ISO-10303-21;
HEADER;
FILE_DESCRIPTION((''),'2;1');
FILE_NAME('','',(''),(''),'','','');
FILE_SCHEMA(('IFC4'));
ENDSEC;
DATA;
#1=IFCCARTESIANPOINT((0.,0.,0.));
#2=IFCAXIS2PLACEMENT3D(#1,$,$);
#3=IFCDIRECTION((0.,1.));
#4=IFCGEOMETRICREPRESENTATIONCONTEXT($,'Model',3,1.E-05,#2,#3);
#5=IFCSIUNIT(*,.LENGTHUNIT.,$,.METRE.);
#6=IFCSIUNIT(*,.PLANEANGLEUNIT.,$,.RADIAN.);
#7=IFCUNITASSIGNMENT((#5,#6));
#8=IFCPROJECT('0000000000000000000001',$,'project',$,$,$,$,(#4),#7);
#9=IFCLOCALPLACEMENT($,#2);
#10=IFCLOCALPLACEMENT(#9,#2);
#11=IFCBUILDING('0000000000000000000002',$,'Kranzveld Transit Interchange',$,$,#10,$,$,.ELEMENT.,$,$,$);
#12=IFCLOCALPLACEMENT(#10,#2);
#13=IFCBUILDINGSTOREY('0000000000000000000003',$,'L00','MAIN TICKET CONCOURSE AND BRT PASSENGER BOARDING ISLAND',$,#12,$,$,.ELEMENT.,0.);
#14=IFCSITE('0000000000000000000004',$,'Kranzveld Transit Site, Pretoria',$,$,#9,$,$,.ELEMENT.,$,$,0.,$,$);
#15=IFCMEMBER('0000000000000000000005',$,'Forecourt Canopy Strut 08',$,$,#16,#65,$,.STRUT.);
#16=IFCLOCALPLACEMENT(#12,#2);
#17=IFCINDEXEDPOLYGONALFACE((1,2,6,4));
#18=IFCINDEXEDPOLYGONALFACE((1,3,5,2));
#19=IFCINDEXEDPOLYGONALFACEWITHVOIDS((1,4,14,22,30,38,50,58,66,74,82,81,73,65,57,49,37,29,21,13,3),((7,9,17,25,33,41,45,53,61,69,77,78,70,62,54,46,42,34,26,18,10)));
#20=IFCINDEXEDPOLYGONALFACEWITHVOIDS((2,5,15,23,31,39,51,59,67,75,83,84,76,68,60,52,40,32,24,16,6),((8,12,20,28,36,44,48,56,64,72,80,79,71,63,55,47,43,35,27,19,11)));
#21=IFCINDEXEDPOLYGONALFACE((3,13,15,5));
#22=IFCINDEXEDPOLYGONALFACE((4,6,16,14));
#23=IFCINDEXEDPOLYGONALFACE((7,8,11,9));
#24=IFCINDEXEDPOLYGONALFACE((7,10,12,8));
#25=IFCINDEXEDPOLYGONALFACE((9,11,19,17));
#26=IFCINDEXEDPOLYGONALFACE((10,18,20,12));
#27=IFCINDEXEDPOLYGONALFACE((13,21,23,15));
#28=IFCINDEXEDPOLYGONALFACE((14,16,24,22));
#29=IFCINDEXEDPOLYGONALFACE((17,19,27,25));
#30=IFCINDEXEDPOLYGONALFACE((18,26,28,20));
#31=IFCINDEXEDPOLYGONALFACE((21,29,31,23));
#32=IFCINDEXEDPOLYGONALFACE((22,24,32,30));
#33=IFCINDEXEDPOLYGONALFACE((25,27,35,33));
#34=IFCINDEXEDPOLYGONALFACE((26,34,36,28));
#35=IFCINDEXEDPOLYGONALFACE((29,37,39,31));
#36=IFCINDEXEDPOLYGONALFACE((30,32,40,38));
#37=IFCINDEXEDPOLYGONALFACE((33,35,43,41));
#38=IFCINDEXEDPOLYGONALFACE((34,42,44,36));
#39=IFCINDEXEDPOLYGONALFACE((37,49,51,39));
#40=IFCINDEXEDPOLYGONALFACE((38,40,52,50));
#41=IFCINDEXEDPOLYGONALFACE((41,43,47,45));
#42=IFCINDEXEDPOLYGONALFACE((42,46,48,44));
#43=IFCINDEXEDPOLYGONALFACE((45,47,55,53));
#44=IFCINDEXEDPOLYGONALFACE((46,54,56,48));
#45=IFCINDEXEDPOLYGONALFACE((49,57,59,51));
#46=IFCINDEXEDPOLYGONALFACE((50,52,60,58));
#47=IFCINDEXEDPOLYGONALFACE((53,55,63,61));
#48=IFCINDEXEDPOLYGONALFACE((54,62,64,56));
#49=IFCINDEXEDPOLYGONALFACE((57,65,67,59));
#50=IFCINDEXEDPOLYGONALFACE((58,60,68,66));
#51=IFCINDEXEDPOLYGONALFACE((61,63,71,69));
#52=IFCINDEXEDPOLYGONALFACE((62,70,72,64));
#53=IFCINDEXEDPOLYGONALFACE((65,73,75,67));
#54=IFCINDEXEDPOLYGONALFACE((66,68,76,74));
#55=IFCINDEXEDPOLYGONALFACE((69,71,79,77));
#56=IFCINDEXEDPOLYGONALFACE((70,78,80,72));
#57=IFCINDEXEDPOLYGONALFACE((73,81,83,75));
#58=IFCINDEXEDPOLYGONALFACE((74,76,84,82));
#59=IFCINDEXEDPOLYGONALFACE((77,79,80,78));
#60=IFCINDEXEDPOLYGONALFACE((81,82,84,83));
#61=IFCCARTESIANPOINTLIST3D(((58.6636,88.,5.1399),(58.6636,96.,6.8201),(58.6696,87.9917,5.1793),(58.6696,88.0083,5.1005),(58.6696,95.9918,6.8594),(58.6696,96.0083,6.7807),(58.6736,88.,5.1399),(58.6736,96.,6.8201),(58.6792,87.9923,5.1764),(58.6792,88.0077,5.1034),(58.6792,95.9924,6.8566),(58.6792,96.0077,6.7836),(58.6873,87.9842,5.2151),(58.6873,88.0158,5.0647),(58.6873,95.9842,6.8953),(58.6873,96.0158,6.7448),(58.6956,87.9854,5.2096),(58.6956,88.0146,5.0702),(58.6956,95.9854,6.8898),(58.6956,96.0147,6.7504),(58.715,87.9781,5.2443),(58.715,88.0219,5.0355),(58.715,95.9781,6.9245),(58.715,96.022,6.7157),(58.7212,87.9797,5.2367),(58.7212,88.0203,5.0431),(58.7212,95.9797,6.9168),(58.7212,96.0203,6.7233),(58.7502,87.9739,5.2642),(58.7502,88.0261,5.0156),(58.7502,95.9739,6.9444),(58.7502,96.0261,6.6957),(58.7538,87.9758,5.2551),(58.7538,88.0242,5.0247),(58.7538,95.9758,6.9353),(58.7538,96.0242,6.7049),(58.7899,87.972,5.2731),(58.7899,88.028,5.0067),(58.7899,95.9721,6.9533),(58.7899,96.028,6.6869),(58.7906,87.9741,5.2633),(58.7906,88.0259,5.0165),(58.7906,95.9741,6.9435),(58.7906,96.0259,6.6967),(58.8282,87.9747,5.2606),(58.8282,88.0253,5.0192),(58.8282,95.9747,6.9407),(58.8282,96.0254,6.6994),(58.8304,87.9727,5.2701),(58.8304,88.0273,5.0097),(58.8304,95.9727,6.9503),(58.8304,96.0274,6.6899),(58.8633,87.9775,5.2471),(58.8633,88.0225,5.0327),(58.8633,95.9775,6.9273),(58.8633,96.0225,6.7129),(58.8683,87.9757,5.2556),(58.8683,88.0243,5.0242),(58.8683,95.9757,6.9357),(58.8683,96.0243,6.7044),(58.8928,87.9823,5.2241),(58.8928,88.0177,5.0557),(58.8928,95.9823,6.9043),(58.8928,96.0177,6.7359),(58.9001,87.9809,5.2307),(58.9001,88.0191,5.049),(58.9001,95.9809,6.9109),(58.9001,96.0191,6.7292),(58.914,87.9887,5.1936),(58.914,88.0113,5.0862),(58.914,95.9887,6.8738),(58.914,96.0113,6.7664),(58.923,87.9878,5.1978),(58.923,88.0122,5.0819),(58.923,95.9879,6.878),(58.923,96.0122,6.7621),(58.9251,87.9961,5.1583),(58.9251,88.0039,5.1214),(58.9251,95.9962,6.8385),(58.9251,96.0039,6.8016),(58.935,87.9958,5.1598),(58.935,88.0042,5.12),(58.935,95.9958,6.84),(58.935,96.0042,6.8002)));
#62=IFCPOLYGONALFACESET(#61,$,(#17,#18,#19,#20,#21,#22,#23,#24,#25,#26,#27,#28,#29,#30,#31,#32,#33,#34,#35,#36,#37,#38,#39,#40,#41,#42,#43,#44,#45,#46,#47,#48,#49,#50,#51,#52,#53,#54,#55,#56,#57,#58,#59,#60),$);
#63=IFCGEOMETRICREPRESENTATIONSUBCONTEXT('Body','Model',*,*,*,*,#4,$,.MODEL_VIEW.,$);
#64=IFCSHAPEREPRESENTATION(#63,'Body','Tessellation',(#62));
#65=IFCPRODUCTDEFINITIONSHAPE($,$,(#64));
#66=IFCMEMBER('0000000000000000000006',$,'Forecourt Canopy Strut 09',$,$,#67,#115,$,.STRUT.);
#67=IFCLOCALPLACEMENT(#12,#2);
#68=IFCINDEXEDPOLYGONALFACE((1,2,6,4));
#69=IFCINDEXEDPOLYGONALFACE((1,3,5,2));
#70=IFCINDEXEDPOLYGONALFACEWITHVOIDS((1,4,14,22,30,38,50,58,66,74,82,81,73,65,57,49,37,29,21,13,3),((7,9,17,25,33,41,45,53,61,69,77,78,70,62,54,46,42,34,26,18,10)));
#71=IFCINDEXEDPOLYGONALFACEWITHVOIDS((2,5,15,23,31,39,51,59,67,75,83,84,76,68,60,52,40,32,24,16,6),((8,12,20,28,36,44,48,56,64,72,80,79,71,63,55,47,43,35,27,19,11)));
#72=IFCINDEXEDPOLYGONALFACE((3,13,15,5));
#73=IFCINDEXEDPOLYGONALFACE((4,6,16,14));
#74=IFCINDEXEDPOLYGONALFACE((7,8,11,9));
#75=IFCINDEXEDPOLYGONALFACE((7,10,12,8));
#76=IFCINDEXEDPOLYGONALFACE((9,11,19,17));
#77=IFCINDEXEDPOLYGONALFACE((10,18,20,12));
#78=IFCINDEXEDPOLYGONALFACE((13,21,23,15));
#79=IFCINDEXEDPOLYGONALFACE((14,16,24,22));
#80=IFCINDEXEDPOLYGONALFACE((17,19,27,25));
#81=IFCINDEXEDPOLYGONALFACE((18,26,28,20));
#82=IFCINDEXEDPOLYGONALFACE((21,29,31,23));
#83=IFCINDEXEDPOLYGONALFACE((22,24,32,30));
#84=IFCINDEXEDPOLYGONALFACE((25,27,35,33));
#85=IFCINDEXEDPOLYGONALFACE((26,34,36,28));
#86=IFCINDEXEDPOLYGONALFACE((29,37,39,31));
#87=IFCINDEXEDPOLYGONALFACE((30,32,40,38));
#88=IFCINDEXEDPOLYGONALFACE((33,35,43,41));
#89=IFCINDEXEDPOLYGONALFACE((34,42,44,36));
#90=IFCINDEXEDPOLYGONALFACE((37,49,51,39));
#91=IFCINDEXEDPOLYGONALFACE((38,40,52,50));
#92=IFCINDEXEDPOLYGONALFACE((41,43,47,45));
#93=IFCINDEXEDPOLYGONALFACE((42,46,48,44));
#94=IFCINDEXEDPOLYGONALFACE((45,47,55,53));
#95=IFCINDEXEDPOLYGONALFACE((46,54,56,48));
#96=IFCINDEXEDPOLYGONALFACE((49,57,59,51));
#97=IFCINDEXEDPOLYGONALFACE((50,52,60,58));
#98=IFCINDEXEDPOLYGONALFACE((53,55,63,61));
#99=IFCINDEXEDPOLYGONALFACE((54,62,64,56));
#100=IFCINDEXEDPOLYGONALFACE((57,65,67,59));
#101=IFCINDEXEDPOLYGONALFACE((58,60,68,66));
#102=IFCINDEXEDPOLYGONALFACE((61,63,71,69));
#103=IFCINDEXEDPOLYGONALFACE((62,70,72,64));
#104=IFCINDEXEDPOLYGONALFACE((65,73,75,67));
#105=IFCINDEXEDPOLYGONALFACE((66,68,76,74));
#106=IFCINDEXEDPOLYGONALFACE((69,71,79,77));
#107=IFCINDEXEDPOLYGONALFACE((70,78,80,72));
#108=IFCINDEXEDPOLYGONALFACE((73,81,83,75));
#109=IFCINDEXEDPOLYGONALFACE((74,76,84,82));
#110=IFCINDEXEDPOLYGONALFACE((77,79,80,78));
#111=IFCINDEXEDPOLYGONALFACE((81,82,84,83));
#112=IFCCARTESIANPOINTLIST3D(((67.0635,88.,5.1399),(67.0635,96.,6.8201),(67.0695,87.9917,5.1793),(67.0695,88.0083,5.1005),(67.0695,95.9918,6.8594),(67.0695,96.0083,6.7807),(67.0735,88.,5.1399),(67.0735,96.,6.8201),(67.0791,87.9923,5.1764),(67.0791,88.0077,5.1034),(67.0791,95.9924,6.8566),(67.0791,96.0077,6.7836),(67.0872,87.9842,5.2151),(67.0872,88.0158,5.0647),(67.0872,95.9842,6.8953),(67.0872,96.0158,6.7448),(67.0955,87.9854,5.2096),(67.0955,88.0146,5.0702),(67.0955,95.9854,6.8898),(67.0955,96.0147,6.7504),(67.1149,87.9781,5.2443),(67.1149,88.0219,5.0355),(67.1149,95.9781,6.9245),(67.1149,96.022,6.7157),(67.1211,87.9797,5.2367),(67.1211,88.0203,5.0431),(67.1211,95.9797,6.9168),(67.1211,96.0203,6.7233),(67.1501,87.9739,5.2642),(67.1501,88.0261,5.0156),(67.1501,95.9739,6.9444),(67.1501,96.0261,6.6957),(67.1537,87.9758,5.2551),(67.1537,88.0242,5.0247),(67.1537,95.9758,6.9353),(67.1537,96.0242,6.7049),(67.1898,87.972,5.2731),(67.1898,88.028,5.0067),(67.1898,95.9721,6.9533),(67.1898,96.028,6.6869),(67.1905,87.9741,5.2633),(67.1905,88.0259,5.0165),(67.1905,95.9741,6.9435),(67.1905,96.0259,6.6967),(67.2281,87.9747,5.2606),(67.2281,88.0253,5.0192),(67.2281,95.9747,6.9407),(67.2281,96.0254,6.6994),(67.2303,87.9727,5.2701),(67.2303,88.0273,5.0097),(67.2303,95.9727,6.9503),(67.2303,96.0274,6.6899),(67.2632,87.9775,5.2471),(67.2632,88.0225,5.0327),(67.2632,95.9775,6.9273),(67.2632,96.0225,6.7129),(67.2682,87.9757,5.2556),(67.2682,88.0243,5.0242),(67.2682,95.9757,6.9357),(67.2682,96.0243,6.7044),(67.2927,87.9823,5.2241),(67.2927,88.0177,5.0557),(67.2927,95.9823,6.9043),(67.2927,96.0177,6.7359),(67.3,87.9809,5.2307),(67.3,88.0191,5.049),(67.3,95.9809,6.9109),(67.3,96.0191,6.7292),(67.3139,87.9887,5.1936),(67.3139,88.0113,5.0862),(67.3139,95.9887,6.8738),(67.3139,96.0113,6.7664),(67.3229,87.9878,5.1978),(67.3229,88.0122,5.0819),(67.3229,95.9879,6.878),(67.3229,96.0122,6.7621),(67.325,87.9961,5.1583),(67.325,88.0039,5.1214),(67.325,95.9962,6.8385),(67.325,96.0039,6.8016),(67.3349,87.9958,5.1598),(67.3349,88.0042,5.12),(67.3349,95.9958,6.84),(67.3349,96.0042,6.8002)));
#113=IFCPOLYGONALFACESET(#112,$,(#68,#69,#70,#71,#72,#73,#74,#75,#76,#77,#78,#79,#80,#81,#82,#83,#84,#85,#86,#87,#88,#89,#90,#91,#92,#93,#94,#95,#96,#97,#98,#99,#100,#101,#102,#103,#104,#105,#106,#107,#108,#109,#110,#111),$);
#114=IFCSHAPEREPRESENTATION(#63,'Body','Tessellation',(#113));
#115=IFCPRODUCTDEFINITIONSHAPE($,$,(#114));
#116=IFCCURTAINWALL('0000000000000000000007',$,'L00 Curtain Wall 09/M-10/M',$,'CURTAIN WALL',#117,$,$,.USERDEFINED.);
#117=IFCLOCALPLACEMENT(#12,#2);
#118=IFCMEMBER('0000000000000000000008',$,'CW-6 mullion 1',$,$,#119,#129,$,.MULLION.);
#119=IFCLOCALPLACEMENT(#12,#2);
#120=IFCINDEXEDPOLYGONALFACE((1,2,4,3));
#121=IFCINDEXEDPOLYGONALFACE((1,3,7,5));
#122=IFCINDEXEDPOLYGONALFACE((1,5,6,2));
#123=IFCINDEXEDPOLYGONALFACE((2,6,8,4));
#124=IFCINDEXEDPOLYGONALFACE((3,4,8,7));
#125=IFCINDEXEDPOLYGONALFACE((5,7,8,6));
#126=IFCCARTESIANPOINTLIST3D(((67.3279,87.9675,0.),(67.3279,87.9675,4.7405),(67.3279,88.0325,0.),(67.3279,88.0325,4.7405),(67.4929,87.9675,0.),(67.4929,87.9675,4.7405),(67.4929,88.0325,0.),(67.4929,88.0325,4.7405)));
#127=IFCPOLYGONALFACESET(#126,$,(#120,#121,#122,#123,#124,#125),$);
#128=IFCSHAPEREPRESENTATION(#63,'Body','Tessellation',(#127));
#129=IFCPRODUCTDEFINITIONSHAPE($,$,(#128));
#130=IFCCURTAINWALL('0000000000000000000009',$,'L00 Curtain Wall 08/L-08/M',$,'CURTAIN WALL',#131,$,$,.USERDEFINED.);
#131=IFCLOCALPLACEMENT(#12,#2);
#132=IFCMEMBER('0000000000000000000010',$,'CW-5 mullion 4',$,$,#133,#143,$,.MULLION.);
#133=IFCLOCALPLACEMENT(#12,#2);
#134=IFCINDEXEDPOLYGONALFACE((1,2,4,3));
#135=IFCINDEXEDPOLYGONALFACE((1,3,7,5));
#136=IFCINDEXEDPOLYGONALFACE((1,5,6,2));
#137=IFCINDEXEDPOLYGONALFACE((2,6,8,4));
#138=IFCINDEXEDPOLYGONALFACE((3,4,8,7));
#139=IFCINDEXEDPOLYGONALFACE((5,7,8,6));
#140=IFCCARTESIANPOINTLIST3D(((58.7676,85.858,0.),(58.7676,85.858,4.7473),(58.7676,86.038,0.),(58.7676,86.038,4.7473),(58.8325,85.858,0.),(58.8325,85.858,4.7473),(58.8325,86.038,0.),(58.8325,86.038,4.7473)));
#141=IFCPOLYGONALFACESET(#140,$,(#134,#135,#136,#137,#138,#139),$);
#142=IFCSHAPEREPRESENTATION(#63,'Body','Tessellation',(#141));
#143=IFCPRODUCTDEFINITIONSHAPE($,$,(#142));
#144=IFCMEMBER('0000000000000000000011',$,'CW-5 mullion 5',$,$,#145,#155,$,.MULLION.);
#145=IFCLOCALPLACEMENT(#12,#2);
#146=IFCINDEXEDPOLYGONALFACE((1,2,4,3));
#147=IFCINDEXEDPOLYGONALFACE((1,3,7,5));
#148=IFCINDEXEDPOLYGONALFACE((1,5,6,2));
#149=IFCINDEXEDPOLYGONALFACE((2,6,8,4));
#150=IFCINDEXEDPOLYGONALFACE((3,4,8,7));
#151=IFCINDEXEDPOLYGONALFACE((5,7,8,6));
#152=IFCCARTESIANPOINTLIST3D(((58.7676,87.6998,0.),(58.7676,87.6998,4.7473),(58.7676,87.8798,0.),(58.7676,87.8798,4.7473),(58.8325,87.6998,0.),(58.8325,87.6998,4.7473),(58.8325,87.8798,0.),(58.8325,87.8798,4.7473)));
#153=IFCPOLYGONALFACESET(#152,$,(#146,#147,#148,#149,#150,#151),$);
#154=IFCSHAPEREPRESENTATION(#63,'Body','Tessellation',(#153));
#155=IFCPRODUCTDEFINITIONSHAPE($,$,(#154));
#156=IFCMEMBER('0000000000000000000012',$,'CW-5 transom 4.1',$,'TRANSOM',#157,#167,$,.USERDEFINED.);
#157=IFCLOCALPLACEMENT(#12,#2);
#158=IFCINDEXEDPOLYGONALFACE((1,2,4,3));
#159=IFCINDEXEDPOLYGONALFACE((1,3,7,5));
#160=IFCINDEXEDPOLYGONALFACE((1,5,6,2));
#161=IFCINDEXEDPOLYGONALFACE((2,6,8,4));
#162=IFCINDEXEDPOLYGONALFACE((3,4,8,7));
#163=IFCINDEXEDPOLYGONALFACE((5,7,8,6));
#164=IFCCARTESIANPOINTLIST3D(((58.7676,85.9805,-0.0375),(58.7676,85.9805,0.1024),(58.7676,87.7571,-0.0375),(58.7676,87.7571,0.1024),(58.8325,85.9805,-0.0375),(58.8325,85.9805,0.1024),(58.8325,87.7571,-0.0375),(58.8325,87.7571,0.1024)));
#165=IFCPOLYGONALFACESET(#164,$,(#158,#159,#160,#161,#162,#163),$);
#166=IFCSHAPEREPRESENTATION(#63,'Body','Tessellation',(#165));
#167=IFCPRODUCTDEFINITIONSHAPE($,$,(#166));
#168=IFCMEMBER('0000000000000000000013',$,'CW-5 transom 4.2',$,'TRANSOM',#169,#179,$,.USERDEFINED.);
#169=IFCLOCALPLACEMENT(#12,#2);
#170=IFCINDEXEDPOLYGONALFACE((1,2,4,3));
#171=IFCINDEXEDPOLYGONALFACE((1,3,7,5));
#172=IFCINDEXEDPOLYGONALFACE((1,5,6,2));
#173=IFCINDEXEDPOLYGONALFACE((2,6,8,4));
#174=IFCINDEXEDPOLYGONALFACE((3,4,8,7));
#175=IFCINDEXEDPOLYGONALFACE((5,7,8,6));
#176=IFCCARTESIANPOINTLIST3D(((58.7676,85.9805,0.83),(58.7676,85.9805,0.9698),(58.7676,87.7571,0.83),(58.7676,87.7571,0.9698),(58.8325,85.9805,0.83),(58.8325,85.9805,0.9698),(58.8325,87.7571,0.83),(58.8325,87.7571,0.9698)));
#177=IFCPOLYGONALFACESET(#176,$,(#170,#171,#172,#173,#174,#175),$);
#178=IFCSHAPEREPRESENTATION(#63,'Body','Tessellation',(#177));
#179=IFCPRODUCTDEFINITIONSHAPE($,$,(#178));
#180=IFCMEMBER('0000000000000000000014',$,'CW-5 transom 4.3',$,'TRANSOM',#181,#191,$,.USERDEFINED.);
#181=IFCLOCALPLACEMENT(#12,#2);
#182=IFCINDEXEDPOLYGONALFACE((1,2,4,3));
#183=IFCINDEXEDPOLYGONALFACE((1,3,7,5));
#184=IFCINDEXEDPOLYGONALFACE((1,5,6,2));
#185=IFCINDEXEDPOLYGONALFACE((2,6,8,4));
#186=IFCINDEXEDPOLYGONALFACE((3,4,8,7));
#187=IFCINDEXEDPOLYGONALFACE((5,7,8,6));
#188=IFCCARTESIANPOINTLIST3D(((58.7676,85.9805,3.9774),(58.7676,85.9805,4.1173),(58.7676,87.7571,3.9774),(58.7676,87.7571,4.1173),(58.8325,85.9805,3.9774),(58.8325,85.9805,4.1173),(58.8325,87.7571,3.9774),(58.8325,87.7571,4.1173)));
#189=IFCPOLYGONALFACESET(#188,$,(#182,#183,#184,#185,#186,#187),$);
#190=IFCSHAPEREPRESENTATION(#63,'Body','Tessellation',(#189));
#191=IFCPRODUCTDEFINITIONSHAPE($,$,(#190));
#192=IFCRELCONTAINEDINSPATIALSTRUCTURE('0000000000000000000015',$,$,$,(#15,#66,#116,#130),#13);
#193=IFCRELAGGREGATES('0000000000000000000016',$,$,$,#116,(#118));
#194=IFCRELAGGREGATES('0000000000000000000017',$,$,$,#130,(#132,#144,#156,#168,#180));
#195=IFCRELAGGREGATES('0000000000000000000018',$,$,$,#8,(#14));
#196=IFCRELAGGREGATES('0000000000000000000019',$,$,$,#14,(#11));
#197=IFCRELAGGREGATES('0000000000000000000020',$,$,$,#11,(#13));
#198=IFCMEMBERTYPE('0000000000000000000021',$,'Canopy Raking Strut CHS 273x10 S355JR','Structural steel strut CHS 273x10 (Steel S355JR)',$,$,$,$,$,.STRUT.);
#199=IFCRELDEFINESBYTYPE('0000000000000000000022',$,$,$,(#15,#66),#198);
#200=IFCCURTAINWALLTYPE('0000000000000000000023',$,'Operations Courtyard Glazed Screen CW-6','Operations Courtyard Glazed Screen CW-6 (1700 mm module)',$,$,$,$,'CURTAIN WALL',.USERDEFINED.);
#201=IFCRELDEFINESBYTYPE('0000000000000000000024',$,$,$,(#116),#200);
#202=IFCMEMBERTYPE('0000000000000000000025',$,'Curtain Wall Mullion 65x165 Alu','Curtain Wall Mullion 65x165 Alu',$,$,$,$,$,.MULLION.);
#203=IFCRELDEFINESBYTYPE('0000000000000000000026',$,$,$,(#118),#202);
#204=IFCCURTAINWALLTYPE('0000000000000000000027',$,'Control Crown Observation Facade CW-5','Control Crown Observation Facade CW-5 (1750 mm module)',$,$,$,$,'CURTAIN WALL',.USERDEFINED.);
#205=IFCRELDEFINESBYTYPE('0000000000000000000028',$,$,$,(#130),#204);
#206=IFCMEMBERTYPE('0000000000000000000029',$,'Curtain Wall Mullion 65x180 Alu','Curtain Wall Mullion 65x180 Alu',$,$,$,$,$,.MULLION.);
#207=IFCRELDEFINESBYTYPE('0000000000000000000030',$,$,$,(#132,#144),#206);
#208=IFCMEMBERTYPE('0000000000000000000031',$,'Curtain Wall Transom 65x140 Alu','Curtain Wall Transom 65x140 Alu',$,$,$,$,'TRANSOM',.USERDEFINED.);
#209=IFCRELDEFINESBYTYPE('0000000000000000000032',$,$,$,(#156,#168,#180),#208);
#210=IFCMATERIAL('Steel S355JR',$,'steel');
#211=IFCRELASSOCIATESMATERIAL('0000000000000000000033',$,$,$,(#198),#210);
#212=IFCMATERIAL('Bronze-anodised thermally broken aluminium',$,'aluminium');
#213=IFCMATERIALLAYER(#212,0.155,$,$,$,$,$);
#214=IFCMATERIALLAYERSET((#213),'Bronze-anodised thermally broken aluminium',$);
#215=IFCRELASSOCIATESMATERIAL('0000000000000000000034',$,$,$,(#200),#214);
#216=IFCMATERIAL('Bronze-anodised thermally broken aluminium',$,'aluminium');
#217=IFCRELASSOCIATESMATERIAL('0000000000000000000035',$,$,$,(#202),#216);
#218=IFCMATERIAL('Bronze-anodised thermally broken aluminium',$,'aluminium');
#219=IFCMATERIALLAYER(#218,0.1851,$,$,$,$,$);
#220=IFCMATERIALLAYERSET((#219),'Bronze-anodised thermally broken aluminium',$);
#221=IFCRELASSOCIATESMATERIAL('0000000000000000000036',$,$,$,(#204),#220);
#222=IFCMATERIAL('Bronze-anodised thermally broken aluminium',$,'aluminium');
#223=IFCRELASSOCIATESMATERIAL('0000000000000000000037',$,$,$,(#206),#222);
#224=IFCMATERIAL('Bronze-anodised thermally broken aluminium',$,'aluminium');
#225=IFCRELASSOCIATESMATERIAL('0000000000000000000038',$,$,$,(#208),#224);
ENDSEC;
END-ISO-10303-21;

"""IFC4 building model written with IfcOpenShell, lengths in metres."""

from ifc_helpers import new_model, si_unit, direction, frame, origin, origin_2d, place, context, subcontext, project, spatial, rectangle, hollow_circle, extrude, material, layer, layer_set, material_profile, profile_set, type_object, element, aggregate, save


model = new_model("IFC4")

# Units and contexts
model_context = context("Model", 3, precision=1e-05, world=origin(), true_north=direction((0.0, 1.0)))
body_context = subcontext(model_context, "Body", "Model", "MODEL_VIEW")
ifc_project = project(units=[si_unit("LENGTHUNIT", "METRE"), si_unit("PLANEANGLEUNIT", "RADIAN")], contexts=[model_context])

# Site, building, storey
site_placement = place(None, origin())
site = spatial("IfcSite", under=ifc_project, at=site_placement, Name="Kranzveld Transit Site, Pretoria", CompositionType="ELEMENT", RefElevation=0.0)
building_placement = place(site_placement, origin())
building = spatial("IfcBuilding", under=site, at=building_placement, Name="Kranzveld Transit Interchange", CompositionType="ELEMENT")
storey_placement = place(building_placement, origin())
storey = spatial("IfcBuildingStorey", under=building, at=storey_placement, Name="L00", Description="MAIN TICKET CONCOURSE AND BRT PASSENGER BOARDING ISLAND", CompositionType="ELEMENT", Elevation=0.0)

# Members
ifc_material_1 = material(Name="Steel S355JR", Category="steel")
ifc_material_profile_1 = material_profile(ifc_material_1, hollow_circle(Radius=0.1365, WallThickness=0.01, at=origin_2d()), Name="CHS 273x10")
ifc_profile_set_1 = profile_set([ifc_material_profile_1], Name="Steel S355JR")
member_type_1 = type_object("IfcMemberType", Name="Canopy Raking Strut CHS 273x10 S355JR", Description="Structural steel strut CHS 273x10 (Steel S355JR)", PredefinedType="STRUT", material=ifc_profile_set_1)
for number, where, z_axis, x_axis, name in (
    (1, (58.8, 88.0, 5.1399), (0.0, 0.978649, 0.205538), (-1.0, 0.0, 0.0), "Forecourt Canopy Strut 08"),
    (2, (67.2, 88.0, 5.1399), (0.0, 0.978649, 0.205538), (-1.0, 0.0, 0.0), "Forecourt Canopy Strut 09"),
):
    element("IfcMember", number, at=place(storey_placement, frame(where, z_axis=z_axis, x_axis=x_axis)), inside=storey, type_object=member_type_1, Name=name, PredefinedType="STRUT", context=body_context, shape_type="SweptSolid", body=[
        extrude(hollow_circle(Radius=0.1365, WallThickness=0.01, at=origin_2d()), origin(), (0.0, 0.0, 1.0), 8.1746),
    ])

# Curtain wall, member
ifc_material_2 = material(Name="Bronze-anodised thermally broken aluminium", Category="aluminium")
ifc_layer_1 = layer(ifc_material_2, 0.155)
ifc_layer_set_1 = layer_set([ifc_layer_1], Name="Bronze-anodised thermally broken aluminium")
curtain_wall_type_1 = type_object("IfcCurtainWallType", Name="Operations Courtyard Glazed Screen CW-6", Description="Operations Courtyard Glazed Screen CW-6 (1700 mm module)", ElementType="CURTAIN WALL", PredefinedType="USERDEFINED", material=ifc_layer_set_1)
curtain_wall_1_placement = place(storey_placement, origin())
curtain_wall_1 = element("IfcCurtainWall", 3, at=curtain_wall_1_placement, inside=storey, type_object=curtain_wall_type_1, Name="L00 Curtain Wall 09/M-10/M", ObjectType="CURTAIN WALL", PredefinedType="USERDEFINED")
ifc_material_3 = material(Name="Bronze-anodised thermally broken aluminium", Category="aluminium")
ifc_material_profile_2 = material_profile(ifc_material_3, rectangle(XDim=0.0649, YDim=0.165, at=origin_2d()), Name="ALU MULLION 65x165")
ifc_profile_set_2 = profile_set([ifc_material_profile_2], Name="Bronze-anodised thermally broken aluminium")
member_type_2 = type_object("IfcMemberType", Name="Curtain Wall Mullion 65x165 Alu", Description="Curtain Wall Mullion 65x165 Alu", PredefinedType="MULLION", material=ifc_profile_set_2)
member_1_placement = place(storey_placement, frame((67.4104, 88.0, 0.0), z_axis=(0.0, 0.0, 1.0), x_axis=(0.0, 1.0, 0.0)))
member_1 = element("IfcMember", 4, at=member_1_placement, type_object=member_type_2, Name="CW-6 mullion 1", PredefinedType="MULLION", context=body_context, shape_type="SweptSolid", body=[
    extrude(rectangle(XDim=0.0649, YDim=0.165, at=origin_2d()), origin(), (0.0, 0.0, 1.0), 4.7405),
])
aggregate(curtain_wall_1, [member_1])

# Curtain wall, members
ifc_material_4 = material(Name="Bronze-anodised thermally broken aluminium", Category="aluminium")
ifc_layer_2 = layer(ifc_material_4, 0.1851)
ifc_layer_set_2 = layer_set([ifc_layer_2], Name="Bronze-anodised thermally broken aluminium")
curtain_wall_type_2 = type_object("IfcCurtainWallType", Name="Control Crown Observation Facade CW-5", Description="Control Crown Observation Facade CW-5 (1750 mm module)", ElementType="CURTAIN WALL", PredefinedType="USERDEFINED", material=ifc_layer_set_2)
curtain_wall_2_placement = place(storey_placement, origin())
curtain_wall_2 = element("IfcCurtainWall", 5, at=curtain_wall_2_placement, inside=storey, type_object=curtain_wall_type_2, Name="L00 Curtain Wall 08/L-08/M", ObjectType="CURTAIN WALL", PredefinedType="USERDEFINED")
ifc_material_5 = material(Name="Bronze-anodised thermally broken aluminium", Category="aluminium")
ifc_material_profile_3 = material_profile(ifc_material_5, rectangle(XDim=0.0649, YDim=0.1799, at=origin_2d()), Name="ALU MULLION 65x180")
ifc_profile_set_3 = profile_set([ifc_material_profile_3], Name="Bronze-anodised thermally broken aluminium")
member_type_3 = type_object("IfcMemberType", Name="Curtain Wall Mullion 65x180 Alu", Description="Curtain Wall Mullion 65x180 Alu", PredefinedType="MULLION", material=ifc_profile_set_3)
member_2_placement = place(storey_placement, frame((58.8, 85.948, 0.0), z_axis=(0.0, 0.0, 1.0), x_axis=(-1.0, 0.0, 0.0)))
member_2 = element("IfcMember", 6, at=member_2_placement, type_object=member_type_3, Name="CW-5 mullion 4", PredefinedType="MULLION", context=body_context, shape_type="SweptSolid", body=[
    extrude(rectangle(XDim=0.0649, YDim=0.1799, at=origin_2d()), origin(), (0.0, 0.0, 1.0), 4.7473),
])
member_3_placement = place(storey_placement, frame((58.8, 87.7898, 0.0), z_axis=(0.0, 0.0, 1.0), x_axis=(-1.0, 0.0, 0.0)))
member_3 = element("IfcMember", 7, at=member_3_placement, type_object=member_type_3, Name="CW-5 mullion 5", PredefinedType="MULLION", context=body_context, shape_type="SweptSolid", body=[
    extrude(rectangle(XDim=0.0649, YDim=0.1799, at=origin_2d()), origin(), (0.0, 0.0, 1.0), 4.7473),
])
ifc_material_6 = material(Name="Bronze-anodised thermally broken aluminium", Category="aluminium")
ifc_material_profile_4 = material_profile(ifc_material_6, rectangle(XDim=0.0649, YDim=0.1399, at=origin_2d()), Name="ALU TRANSOM 65x140")
ifc_profile_set_4 = profile_set([ifc_material_profile_4], Name="Bronze-anodised thermally broken aluminium")
member_type_4 = type_object("IfcMemberType", Name="Curtain Wall Transom 65x140 Alu", Description="Curtain Wall Transom 65x140 Alu", ElementType="TRANSOM", PredefinedType="USERDEFINED", material=ifc_profile_set_4)
member_4_placement = place(storey_placement, frame((58.8, 85.9805, 0.0325), z_axis=(0.0, 1.0, 0.0), x_axis=(-1.0, 0.0, 0.0)))
member_4 = element("IfcMember", 8, at=member_4_placement, type_object=member_type_4, Name="CW-5 transom 4.1", ObjectType="TRANSOM", PredefinedType="USERDEFINED", context=body_context, shape_type="SweptSolid", body=[
    extrude(rectangle(XDim=0.0649, YDim=0.1399, at=origin_2d()), origin(), (0.0, 0.0, 1.0), 1.7766),
])
member_5_placement = place(storey_placement, frame((58.8, 85.9805, 0.8999), z_axis=(0.0, 1.0, 0.0), x_axis=(-1.0, 0.0, 0.0)))
member_5 = element("IfcMember", 9, at=member_5_placement, type_object=member_type_4, Name="CW-5 transom 4.2", ObjectType="TRANSOM", PredefinedType="USERDEFINED", context=body_context, shape_type="SweptSolid", body=[
    extrude(rectangle(XDim=0.0649, YDim=0.1399, at=origin_2d()), origin(), (0.0, 0.0, 1.0), 1.7766),
])
member_6_placement = place(storey_placement, frame((58.8, 85.9805, 4.0474), z_axis=(0.0, 1.0, 0.0), x_axis=(-1.0, 0.0, 0.0)))
member_6 = element("IfcMember", 10, at=member_6_placement, type_object=member_type_4, Name="CW-5 transom 4.3", ObjectType="TRANSOM", PredefinedType="USERDEFINED", context=body_context, shape_type="SweptSolid", body=[
    extrude(rectangle(XDim=0.0649, YDim=0.1399, at=origin_2d()), origin(), (0.0, 0.0, 1.0), 1.7766),
])

aggregate(curtain_wall_2, [member_2, member_3, member_4, member_5, member_6])

save(model, "model.ifc")
